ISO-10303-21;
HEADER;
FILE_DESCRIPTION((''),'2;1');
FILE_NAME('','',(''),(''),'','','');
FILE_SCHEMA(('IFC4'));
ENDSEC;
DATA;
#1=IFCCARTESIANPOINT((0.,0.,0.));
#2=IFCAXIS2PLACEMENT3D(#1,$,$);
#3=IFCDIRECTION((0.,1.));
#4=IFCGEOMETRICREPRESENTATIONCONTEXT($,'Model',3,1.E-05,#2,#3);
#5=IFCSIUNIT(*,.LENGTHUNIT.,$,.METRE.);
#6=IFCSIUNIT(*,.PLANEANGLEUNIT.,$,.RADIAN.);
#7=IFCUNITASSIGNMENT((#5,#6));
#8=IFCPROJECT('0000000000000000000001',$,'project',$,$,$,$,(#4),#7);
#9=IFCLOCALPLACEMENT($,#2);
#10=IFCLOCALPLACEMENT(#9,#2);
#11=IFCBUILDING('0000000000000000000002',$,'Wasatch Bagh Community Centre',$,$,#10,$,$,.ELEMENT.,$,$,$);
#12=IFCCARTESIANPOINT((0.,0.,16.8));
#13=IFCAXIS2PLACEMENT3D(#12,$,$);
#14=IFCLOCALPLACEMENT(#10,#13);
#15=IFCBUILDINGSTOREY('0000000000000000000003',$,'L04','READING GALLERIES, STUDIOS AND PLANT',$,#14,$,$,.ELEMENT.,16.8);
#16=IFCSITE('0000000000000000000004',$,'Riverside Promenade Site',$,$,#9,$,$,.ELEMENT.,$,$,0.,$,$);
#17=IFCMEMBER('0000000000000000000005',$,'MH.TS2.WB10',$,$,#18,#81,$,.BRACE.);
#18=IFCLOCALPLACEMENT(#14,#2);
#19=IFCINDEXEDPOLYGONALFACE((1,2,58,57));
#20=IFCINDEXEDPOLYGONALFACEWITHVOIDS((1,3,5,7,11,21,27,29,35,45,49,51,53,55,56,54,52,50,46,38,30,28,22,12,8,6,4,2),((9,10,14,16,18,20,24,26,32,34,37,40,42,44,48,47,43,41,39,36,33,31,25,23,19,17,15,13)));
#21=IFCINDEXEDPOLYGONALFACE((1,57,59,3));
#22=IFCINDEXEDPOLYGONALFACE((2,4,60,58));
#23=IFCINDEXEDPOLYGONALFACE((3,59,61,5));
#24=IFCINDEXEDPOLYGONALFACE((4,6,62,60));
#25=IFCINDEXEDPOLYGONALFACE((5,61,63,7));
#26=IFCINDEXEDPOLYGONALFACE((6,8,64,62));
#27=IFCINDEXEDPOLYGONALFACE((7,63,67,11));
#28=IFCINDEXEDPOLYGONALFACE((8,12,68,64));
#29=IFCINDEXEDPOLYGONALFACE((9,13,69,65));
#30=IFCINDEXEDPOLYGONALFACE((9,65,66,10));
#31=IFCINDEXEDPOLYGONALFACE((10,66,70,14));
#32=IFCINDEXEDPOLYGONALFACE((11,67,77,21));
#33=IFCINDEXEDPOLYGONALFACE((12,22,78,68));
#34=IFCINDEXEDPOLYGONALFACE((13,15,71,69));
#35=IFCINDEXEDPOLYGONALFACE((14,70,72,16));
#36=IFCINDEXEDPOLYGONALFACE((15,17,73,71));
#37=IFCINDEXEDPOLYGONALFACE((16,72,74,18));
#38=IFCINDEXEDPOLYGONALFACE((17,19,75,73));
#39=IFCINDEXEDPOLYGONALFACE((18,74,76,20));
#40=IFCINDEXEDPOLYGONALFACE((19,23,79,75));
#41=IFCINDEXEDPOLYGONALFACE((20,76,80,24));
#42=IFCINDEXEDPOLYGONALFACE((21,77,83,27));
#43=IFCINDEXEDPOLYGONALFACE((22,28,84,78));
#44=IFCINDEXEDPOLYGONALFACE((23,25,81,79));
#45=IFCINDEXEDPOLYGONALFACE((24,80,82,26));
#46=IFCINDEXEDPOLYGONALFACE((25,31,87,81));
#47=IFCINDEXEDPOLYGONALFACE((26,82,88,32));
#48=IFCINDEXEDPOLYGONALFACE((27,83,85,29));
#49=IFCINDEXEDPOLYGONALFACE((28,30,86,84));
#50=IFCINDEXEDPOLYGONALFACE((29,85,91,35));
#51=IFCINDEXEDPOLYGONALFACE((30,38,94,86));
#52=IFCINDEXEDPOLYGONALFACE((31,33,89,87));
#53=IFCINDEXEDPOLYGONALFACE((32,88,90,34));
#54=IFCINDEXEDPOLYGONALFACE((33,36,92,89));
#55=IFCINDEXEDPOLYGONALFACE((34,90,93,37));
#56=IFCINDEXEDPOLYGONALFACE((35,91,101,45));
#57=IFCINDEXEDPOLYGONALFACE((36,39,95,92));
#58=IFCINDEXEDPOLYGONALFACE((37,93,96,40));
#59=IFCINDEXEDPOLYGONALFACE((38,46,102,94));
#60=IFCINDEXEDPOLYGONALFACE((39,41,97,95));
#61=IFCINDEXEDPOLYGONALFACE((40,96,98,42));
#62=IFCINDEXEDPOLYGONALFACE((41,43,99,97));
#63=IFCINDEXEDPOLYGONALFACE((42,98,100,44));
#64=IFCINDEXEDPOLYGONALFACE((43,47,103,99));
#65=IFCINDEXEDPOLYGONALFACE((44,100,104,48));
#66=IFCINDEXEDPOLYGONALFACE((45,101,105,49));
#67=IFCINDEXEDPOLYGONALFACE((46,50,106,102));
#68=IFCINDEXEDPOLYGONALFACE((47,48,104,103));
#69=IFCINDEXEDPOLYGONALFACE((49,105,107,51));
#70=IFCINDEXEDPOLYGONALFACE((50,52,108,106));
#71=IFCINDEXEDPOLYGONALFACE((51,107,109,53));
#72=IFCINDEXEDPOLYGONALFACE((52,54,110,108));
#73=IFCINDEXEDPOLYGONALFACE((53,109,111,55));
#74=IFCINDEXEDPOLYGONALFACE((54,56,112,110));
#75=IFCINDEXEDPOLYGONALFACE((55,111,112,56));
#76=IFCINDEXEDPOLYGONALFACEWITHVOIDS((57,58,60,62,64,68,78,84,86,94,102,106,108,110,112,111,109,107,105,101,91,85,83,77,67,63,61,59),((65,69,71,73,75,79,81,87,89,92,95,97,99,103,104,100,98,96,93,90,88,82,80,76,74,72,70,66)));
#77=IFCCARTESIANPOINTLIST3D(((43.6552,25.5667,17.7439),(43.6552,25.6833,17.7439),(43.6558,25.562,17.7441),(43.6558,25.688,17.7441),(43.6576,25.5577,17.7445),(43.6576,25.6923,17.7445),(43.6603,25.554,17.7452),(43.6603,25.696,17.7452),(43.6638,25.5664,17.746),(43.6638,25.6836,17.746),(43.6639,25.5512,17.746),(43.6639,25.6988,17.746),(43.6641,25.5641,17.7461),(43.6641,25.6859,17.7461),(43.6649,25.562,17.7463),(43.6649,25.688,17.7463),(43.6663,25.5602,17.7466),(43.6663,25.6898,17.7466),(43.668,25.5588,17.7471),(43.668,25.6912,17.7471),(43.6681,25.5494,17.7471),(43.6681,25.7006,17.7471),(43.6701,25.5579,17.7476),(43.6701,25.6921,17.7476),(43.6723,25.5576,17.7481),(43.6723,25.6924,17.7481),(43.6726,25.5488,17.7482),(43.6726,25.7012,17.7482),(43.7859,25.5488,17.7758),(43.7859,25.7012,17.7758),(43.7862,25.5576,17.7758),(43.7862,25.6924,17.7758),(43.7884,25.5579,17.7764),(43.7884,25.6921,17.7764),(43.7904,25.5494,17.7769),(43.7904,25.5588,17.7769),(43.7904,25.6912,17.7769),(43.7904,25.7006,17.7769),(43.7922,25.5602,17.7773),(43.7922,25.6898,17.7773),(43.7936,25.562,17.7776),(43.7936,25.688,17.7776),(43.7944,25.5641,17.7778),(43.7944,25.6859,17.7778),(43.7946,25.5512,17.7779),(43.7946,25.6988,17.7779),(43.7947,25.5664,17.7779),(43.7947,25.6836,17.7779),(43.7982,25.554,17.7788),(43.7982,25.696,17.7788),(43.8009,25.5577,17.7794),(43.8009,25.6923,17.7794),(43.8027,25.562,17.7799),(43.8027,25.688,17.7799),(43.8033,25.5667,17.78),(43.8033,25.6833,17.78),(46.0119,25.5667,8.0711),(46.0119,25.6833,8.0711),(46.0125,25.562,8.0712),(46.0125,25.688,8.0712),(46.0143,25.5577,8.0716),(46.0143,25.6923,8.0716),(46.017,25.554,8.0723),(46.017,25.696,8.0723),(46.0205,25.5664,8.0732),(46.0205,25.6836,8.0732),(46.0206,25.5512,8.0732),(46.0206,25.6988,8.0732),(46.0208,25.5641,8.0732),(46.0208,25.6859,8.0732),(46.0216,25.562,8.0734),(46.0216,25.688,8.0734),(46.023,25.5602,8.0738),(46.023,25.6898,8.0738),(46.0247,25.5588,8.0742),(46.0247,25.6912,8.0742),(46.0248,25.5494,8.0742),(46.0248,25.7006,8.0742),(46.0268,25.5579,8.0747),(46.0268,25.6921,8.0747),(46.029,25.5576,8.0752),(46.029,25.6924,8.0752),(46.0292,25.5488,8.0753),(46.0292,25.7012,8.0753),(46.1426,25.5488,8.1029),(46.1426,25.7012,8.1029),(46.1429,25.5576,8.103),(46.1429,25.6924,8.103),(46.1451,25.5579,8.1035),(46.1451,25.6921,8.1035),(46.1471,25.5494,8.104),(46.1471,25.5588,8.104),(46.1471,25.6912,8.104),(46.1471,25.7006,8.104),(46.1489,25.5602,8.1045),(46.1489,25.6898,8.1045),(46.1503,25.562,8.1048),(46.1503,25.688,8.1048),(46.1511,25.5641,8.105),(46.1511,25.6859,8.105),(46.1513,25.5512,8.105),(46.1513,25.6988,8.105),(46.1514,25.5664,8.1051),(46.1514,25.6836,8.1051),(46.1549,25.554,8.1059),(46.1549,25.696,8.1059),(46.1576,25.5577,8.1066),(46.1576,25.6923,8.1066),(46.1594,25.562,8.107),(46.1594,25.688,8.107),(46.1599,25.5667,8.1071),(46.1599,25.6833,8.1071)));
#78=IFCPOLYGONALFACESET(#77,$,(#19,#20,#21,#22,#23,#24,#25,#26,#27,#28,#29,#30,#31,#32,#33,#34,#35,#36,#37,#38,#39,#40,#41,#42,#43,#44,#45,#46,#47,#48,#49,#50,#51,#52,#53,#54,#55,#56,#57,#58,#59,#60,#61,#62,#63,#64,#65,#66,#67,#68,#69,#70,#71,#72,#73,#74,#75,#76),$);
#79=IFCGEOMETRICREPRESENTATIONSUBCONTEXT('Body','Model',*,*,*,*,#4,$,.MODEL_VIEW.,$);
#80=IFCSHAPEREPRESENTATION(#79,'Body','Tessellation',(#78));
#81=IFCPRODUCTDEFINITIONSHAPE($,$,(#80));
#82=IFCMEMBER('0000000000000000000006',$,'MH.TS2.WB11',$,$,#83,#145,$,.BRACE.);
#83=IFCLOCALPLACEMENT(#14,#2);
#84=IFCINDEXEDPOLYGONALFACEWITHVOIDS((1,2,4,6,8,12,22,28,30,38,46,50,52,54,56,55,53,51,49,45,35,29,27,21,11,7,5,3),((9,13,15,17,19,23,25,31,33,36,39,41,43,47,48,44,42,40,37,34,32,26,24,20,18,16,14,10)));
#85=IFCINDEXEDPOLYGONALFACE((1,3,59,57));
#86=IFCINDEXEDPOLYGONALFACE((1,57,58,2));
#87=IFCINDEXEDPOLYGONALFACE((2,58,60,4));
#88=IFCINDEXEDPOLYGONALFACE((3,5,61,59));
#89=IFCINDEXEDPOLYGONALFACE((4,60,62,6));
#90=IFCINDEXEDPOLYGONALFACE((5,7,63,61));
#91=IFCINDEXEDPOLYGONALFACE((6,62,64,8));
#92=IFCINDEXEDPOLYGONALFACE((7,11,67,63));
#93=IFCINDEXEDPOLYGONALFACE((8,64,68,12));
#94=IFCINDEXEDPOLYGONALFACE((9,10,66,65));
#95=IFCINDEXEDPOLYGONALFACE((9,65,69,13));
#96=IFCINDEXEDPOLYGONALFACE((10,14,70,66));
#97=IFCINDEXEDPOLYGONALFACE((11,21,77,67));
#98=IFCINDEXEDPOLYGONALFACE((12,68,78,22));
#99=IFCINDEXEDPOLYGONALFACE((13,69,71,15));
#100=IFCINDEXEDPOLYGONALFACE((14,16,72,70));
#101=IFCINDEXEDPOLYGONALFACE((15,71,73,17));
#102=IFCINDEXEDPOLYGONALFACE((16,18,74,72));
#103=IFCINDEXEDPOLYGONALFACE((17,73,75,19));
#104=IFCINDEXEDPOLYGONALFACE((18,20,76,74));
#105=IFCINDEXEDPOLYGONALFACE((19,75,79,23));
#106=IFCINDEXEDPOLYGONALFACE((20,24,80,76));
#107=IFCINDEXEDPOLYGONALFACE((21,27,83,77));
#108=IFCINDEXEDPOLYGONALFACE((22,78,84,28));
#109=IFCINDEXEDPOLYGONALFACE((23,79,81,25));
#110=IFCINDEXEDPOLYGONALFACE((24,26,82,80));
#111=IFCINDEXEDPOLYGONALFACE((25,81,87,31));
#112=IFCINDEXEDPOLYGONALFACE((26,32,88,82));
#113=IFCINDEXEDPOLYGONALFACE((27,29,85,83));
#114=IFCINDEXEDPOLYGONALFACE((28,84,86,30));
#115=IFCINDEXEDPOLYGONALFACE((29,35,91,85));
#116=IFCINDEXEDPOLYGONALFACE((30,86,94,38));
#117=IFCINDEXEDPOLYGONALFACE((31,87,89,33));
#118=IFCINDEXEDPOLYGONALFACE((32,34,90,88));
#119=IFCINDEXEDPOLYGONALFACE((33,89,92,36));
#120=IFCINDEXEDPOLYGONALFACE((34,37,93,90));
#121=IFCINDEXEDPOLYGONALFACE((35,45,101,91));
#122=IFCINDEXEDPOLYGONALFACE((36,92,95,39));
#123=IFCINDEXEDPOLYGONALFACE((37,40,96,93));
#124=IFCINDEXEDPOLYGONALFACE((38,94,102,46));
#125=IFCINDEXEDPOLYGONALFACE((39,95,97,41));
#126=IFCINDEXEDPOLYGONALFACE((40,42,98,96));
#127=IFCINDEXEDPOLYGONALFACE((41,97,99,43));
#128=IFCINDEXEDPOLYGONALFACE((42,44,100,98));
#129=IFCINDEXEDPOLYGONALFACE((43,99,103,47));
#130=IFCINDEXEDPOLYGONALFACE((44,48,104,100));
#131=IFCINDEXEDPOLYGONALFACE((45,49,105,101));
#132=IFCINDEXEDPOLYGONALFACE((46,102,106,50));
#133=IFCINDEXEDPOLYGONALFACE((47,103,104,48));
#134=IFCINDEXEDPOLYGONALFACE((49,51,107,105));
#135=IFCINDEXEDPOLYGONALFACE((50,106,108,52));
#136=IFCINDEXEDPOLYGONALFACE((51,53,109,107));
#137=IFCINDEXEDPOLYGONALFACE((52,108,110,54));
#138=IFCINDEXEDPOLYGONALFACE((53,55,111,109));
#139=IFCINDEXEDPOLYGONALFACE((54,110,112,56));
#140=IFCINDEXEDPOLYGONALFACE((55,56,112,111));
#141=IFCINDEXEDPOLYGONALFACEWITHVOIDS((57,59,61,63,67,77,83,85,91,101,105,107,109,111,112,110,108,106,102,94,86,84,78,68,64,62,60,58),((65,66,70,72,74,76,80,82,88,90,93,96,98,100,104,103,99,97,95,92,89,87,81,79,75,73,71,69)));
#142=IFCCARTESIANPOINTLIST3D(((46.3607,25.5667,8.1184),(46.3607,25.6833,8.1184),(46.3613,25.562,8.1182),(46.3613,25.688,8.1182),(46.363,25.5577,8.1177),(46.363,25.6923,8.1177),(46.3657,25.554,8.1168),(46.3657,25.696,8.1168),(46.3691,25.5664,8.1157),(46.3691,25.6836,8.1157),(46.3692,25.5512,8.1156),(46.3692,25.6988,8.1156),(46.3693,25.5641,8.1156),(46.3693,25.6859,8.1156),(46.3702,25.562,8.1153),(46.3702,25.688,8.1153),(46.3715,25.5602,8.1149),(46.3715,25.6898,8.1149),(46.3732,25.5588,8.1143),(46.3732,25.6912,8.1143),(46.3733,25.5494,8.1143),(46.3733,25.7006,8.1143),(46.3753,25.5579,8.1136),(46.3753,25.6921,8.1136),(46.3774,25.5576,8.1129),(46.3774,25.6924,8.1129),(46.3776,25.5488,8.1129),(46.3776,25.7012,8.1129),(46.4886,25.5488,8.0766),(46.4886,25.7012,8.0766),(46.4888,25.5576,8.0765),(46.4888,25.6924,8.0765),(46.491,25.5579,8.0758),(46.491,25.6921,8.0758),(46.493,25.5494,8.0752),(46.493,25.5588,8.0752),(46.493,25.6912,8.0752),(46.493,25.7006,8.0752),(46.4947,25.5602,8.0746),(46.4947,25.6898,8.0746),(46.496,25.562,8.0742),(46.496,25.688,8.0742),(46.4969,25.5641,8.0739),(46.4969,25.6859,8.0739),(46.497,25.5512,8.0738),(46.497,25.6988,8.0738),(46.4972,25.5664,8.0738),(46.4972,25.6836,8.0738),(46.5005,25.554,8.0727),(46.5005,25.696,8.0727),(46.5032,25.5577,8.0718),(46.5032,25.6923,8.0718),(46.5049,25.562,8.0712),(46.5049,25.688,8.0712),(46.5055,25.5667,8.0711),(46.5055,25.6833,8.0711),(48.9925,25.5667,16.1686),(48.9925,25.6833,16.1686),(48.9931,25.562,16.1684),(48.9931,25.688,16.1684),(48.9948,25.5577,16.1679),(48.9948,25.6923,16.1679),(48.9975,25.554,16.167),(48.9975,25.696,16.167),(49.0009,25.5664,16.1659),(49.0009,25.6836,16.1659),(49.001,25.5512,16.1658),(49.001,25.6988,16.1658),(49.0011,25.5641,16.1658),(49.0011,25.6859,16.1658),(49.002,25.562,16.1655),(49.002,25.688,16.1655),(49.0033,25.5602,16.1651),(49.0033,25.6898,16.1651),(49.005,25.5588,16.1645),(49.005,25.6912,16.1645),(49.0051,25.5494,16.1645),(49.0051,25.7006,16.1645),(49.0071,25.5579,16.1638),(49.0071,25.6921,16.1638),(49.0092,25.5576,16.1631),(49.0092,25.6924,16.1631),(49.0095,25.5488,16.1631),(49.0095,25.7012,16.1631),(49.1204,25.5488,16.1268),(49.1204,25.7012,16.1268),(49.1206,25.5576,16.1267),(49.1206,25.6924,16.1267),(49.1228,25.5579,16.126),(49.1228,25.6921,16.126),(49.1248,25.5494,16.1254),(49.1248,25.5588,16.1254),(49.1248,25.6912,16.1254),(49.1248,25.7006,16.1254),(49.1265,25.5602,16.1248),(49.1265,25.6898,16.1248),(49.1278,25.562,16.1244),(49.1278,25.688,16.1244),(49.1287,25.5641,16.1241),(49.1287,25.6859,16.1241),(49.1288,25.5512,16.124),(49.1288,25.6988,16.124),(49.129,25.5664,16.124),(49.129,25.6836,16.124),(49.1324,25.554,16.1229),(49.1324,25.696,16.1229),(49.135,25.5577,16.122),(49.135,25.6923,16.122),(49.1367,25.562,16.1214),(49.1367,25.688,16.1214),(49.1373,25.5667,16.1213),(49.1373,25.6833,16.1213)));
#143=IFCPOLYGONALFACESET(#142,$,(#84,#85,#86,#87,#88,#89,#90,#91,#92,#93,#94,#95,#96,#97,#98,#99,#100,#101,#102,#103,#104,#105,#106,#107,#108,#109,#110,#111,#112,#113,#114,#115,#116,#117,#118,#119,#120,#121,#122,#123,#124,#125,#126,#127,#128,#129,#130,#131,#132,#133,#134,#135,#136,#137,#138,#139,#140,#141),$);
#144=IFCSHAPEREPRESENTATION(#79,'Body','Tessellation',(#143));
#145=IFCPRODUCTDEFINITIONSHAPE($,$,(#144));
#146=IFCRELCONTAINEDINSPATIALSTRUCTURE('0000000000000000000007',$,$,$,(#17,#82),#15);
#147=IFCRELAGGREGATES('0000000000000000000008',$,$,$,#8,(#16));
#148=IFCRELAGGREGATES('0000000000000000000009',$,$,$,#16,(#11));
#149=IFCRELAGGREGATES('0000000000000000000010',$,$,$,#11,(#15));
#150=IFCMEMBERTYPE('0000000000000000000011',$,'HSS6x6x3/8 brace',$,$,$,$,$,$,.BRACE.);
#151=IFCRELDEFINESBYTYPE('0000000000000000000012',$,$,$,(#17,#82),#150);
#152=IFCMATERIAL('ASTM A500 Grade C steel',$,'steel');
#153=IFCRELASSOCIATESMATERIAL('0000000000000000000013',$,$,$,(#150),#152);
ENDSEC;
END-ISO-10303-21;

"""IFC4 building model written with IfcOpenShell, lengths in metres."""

from ifc_helpers import new_model, si_unit, direction, frame, origin, origin_2d, place, context, subcontext, project, spatial, hollow_rectangle, extrude, material, material_profile, profile_set, type_object, element, save


model = new_model("IFC4")

# Units and contexts
model_context = context("Model", 3, precision=1e-05, world=origin(), true_north=direction((0.0, 1.0)))
body_context = subcontext(model_context, "Body", "Model", "MODEL_VIEW")
ifc_project = project(units=[si_unit("LENGTHUNIT", "METRE"), si_unit("PLANEANGLEUNIT", "RADIAN")], contexts=[model_context])

# Site, building, storey
site_placement = place(None, origin())
site = spatial("IfcSite", under=ifc_project, at=site_placement, Name="Riverside Promenade Site", CompositionType="ELEMENT", RefElevation=0.0)
building_placement = place(site_placement, origin())
building = spatial("IfcBuilding", under=site, at=building_placement, Name="Wasatch Bagh Community Centre", CompositionType="ELEMENT")
storey_placement = place(building_placement, frame((0.0, 0.0, 16.8)))
storey = spatial("IfcBuildingStorey", under=building, at=storey_placement, Name="L04", Description="READING GALLERIES, STUDIOS AND PLANT", CompositionType="ELEMENT", Elevation=16.8)

# Members
ifc_material_1 = material(Name="ASTM A500 Grade C steel", Category="steel")
ifc_material_profile_1 = material_profile(ifc_material_1, hollow_rectangle(XDim=0.1523, YDim=0.1523, WallThickness=0.0088, InnerFilletRadius=0.0088, OuterFilletRadius=0.0178, at=origin_2d()), Name="HSS6x6x3/8")
ifc_profile_set_1 = profile_set([ifc_material_profile_1], Name="ASTM A500 Grade C steel")
member_type_1 = type_object("IfcMemberType", Name="HSS6x6x3/8 brace", PredefinedType="BRACE", material=ifc_profile_set_1)
member_1_placement = place(storey_placement, frame((46.0859, 25.625, 8.0891), z_axis=(-0.236715, 0.0, 0.971579), x_axis=(0.0, -1.0, 0.0)))
element("IfcMember", 1, at=member_1_placement, inside=storey, type_object=member_type_1, Name="MH.TS2.WB10", PredefinedType="BRACE", context=body_context, shape_type="SweptSolid", body=[
    extrude(hollow_rectangle(XDim=0.1523, YDim=0.1523, WallThickness=0.0088, InnerFilletRadius=0.0088, OuterFilletRadius=0.0178, at=origin_2d()), origin(), (0.0, 0.0, 1.0), 9.9558),
])
member_2_placement = place(storey_placement, frame((46.4331, 25.625, 8.0947), z_axis=(0.31074, 0.0, 0.950495), x_axis=(0.0, 1.0, 0.0)))
element("IfcMember", 2, at=member_2_placement, inside=storey, type_object=member_type_1, Name="MH.TS2.WB11", PredefinedType="BRACE", context=body_context, shape_type="SweptSolid", body=[
    extrude(hollow_rectangle(XDim=0.1523, YDim=0.1523, WallThickness=0.0088, InnerFilletRadius=0.0088, OuterFilletRadius=0.0178, at=origin_2d()), origin(), (0.0, 0.0, 1.0), 8.4695),
])

save(model, "model.ifc")
